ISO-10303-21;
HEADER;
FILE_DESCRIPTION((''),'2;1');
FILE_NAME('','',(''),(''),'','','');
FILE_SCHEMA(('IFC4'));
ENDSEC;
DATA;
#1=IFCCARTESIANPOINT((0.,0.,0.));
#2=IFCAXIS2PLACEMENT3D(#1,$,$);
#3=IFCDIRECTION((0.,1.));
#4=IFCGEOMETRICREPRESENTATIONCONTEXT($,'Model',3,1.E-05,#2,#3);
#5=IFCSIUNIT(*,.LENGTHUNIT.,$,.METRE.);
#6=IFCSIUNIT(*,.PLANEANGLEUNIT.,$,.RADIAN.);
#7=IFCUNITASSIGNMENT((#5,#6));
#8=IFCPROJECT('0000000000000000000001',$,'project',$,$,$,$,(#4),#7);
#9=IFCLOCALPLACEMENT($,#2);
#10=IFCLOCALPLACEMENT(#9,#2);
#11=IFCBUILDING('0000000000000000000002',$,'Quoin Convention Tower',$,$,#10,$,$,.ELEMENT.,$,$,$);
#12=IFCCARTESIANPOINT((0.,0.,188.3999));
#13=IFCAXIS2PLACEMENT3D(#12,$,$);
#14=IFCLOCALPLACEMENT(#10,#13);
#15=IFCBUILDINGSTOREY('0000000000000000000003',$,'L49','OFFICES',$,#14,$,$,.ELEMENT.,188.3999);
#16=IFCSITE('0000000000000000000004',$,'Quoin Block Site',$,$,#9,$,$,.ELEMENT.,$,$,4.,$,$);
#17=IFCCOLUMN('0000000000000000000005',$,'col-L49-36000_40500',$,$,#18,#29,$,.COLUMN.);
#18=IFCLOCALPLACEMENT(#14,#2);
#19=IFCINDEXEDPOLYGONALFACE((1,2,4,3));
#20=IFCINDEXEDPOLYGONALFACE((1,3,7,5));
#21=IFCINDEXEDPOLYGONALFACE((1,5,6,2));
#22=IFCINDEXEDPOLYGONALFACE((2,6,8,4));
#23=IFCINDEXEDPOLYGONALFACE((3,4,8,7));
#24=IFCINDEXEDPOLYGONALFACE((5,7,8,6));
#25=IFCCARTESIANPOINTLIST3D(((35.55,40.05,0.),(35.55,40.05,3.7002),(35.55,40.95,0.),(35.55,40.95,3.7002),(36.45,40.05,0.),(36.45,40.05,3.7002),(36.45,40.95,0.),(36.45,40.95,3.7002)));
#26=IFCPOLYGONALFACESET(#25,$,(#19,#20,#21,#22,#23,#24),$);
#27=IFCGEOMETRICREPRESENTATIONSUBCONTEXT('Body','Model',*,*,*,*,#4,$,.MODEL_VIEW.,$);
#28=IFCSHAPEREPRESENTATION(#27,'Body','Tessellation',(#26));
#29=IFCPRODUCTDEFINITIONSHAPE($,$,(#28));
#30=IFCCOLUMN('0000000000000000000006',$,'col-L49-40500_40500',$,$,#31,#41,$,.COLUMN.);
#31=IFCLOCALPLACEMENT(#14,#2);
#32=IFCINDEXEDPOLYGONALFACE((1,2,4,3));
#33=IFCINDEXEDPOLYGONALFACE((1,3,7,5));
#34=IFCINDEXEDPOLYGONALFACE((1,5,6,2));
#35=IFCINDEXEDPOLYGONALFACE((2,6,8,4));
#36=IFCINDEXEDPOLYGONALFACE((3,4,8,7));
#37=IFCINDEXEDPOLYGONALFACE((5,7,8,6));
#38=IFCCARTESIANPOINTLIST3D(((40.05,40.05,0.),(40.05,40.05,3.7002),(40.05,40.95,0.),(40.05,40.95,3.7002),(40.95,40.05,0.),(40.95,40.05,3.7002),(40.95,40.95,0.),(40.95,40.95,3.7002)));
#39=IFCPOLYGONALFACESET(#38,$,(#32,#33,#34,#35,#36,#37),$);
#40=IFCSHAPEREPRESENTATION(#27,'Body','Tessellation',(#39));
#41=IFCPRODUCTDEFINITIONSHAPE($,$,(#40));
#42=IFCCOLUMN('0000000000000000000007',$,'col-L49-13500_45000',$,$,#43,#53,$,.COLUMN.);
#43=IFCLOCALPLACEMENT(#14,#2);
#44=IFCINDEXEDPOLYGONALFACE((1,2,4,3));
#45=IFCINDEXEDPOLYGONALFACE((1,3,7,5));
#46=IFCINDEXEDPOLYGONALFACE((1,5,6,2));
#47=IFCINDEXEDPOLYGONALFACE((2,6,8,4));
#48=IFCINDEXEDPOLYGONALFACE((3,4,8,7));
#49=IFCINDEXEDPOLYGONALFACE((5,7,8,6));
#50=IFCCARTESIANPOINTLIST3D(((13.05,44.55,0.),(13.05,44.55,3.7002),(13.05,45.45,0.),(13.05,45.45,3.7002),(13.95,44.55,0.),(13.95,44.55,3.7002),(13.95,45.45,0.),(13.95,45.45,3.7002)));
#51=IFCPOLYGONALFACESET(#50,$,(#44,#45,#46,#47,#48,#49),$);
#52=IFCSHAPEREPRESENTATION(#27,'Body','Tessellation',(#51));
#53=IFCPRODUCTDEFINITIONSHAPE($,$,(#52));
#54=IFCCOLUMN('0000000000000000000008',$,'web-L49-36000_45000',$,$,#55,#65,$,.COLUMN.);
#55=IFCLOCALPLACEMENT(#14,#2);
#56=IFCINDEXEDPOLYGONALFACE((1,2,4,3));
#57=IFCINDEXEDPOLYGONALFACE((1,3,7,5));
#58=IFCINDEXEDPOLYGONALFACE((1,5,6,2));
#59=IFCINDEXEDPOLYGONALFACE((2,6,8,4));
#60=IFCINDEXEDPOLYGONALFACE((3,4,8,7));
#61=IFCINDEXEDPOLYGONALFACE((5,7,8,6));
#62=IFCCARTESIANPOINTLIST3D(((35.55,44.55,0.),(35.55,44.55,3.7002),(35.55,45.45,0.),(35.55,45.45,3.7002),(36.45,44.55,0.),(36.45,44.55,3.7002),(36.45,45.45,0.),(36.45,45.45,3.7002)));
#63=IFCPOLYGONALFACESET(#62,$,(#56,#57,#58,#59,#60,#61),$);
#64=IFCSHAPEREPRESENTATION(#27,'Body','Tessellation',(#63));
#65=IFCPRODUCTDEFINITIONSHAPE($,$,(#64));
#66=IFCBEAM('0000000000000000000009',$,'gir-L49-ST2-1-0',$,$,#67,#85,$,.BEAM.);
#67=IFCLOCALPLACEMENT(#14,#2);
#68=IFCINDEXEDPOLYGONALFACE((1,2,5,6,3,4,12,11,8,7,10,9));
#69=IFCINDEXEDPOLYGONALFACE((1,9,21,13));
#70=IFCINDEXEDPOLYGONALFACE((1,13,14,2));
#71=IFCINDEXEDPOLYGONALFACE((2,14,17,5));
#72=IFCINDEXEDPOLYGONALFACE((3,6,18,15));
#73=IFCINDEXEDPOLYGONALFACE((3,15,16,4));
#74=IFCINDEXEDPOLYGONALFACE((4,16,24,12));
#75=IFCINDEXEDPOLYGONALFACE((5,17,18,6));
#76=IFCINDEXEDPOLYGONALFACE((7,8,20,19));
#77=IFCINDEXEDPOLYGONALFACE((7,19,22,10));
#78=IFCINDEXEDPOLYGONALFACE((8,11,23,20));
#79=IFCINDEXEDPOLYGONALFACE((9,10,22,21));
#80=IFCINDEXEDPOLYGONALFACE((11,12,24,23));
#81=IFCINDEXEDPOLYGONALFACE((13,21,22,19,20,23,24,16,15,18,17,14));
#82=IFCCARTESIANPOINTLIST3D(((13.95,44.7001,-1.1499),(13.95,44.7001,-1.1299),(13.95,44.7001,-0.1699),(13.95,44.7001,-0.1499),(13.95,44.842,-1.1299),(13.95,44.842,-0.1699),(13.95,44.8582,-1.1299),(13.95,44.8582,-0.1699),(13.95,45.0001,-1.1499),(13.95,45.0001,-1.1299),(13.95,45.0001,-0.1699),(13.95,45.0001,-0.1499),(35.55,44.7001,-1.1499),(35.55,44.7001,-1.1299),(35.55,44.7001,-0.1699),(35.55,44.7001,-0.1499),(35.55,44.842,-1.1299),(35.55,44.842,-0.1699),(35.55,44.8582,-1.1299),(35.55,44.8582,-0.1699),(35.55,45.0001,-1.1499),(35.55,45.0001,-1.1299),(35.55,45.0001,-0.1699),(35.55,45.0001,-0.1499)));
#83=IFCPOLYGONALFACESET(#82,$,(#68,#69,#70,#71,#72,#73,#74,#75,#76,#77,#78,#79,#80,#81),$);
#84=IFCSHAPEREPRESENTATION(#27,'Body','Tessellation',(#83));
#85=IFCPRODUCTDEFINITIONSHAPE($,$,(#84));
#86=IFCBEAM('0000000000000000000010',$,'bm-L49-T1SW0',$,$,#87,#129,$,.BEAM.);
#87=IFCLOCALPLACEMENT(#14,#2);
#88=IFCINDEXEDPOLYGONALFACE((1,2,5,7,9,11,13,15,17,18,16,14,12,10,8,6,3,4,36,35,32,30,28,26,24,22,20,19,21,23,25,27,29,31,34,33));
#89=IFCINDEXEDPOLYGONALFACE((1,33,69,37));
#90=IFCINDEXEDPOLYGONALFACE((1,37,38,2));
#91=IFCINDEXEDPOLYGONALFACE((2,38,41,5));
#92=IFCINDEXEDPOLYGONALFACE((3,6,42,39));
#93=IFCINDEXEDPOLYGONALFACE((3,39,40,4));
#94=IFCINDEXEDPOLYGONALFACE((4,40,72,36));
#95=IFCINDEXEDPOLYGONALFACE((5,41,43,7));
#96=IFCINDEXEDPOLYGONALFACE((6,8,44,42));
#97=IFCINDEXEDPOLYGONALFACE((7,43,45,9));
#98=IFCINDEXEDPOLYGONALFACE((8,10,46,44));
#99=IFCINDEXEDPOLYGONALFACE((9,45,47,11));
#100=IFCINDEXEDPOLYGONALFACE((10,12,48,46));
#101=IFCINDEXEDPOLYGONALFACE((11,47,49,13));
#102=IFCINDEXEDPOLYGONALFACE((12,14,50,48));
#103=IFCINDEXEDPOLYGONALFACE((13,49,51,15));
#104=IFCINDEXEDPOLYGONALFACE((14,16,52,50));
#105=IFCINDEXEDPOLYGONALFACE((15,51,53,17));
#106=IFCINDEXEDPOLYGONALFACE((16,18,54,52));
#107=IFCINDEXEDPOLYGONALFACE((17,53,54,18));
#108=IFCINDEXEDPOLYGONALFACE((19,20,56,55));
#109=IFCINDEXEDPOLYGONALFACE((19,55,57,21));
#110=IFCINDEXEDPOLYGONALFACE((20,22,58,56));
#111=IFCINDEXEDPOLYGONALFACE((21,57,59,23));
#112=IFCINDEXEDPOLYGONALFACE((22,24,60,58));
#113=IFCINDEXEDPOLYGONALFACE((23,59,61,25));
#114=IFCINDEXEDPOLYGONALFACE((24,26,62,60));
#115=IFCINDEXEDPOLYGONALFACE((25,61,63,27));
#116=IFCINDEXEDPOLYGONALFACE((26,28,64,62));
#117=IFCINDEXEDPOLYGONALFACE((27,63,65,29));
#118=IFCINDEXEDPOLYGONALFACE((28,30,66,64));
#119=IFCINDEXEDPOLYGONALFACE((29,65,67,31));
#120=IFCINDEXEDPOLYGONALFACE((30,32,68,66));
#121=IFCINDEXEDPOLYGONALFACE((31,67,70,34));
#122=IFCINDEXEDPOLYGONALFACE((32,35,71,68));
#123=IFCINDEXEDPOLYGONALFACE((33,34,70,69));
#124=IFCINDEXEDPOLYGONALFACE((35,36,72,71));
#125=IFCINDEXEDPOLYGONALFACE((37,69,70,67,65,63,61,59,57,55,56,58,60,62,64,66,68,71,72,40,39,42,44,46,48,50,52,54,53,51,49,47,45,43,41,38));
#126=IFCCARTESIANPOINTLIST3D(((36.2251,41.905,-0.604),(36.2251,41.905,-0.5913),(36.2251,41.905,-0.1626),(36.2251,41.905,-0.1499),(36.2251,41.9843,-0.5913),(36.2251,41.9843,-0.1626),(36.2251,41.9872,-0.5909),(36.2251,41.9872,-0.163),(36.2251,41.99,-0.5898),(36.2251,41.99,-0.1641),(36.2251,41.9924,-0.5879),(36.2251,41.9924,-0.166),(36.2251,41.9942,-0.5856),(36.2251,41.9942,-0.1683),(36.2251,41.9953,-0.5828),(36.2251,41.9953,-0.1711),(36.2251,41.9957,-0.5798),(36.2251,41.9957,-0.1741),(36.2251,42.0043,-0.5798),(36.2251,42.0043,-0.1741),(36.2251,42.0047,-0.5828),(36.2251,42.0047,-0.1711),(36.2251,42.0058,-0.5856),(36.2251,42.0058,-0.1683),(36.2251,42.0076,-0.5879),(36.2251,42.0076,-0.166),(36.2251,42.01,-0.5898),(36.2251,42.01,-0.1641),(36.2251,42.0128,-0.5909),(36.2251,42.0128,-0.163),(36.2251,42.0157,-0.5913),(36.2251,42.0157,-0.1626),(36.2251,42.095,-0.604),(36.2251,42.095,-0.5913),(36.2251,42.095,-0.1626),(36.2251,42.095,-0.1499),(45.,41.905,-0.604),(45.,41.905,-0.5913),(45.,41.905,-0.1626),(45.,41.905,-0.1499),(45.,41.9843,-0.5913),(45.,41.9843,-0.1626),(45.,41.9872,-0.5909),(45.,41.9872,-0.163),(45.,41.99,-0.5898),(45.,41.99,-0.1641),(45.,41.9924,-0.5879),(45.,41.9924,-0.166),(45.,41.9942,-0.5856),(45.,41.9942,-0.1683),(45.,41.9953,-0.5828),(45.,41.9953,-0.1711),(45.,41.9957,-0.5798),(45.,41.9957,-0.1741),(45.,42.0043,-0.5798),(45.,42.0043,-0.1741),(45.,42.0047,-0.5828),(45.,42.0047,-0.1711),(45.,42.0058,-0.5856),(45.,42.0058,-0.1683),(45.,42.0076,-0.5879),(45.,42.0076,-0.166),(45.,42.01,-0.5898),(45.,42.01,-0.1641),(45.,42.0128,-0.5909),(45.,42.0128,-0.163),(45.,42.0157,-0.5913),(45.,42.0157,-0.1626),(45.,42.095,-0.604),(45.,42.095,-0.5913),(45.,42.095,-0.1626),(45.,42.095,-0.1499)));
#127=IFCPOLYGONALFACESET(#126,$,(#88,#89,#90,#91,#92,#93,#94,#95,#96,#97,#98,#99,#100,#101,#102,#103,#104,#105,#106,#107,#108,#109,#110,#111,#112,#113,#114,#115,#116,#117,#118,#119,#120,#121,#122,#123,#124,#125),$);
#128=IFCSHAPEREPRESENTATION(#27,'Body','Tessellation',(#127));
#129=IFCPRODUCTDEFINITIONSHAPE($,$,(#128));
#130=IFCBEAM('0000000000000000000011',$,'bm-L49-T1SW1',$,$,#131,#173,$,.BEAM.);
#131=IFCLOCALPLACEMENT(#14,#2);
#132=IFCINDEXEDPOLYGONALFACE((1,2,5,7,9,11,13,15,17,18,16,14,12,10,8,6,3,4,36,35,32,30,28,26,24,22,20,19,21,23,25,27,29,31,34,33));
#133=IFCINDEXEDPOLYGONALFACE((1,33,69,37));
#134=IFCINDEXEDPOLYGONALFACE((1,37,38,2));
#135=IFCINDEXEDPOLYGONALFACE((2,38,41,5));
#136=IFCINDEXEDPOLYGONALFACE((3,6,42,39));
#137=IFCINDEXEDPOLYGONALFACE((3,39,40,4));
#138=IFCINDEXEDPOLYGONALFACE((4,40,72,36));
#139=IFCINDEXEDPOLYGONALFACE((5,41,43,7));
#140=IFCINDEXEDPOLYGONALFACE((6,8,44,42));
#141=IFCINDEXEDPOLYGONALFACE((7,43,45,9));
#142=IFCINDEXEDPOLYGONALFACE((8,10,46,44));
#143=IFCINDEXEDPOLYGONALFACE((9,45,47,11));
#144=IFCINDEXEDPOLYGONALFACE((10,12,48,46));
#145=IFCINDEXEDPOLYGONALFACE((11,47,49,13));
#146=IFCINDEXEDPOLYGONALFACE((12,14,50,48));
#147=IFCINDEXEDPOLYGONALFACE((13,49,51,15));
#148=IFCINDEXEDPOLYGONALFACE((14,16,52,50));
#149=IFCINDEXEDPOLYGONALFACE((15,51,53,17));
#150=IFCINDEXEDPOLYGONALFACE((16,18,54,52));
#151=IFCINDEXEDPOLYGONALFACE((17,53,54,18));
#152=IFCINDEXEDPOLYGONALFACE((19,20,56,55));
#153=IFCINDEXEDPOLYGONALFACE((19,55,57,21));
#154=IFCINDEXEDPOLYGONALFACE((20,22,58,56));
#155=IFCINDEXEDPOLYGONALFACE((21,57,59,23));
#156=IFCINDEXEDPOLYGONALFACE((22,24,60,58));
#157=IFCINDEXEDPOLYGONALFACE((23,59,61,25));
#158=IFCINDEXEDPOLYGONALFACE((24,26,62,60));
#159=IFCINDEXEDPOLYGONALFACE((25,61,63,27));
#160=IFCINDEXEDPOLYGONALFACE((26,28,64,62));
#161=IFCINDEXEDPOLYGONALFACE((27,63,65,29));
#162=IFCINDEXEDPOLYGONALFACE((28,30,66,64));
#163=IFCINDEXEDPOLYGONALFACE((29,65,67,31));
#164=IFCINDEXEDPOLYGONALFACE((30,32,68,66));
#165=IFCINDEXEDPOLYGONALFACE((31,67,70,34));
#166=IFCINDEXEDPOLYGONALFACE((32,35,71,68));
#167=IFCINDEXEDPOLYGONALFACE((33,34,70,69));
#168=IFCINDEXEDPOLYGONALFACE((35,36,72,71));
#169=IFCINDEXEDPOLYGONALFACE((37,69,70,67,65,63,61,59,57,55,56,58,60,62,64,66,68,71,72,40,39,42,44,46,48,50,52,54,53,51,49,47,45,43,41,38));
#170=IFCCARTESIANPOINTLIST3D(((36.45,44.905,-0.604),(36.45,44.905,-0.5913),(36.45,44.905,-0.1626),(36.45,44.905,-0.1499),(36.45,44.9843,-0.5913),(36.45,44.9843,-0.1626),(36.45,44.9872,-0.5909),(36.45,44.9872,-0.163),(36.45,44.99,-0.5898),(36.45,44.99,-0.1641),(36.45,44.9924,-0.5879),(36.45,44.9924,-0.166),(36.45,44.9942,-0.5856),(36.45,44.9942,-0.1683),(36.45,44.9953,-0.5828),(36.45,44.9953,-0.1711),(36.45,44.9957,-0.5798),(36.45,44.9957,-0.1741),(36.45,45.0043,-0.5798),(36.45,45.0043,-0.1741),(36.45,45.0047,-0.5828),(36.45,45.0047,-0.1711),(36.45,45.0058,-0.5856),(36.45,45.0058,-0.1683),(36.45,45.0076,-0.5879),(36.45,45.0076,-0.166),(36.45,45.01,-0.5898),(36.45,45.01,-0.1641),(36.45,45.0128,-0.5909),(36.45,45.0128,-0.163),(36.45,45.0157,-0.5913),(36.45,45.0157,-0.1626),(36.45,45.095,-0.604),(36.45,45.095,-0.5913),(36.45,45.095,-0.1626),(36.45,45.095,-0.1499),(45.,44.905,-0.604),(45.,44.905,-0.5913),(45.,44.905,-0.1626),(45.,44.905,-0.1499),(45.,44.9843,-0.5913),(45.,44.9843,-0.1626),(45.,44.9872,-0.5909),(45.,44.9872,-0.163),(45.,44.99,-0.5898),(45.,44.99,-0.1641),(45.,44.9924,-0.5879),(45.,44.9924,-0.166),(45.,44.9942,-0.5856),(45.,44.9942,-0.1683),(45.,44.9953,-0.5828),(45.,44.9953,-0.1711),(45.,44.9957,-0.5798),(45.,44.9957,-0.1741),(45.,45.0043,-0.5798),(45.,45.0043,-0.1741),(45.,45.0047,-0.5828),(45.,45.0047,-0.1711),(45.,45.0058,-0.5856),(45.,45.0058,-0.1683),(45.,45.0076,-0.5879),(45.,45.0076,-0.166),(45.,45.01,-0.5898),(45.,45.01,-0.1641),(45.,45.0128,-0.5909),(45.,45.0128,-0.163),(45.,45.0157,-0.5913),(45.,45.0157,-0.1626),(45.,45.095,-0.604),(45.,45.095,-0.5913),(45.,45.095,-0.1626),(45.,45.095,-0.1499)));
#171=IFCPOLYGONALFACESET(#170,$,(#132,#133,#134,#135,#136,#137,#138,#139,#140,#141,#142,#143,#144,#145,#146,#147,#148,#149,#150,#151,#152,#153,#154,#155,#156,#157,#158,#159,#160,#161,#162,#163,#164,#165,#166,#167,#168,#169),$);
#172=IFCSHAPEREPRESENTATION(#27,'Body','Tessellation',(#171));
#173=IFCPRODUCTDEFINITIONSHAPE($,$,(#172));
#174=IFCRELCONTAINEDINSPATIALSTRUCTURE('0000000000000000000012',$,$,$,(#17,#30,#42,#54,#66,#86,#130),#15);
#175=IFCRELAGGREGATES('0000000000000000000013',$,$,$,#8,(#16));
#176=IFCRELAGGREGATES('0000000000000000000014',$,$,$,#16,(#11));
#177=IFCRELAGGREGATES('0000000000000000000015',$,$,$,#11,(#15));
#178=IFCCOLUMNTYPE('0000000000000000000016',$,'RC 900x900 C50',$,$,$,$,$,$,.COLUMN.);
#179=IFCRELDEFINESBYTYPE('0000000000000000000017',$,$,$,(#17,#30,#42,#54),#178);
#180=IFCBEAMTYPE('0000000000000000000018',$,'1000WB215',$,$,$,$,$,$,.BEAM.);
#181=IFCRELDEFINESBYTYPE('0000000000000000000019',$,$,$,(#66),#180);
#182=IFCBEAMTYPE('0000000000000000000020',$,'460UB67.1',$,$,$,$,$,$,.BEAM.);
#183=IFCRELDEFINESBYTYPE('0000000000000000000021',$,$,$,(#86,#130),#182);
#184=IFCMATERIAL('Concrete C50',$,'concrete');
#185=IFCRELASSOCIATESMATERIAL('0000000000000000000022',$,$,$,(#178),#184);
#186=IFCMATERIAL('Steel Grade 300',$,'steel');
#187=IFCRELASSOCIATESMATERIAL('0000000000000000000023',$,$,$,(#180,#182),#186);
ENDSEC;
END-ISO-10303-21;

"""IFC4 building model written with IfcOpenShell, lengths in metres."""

from ifc_helpers import new_model, si_unit, direction, frame, origin, origin_2d, place, context, subcontext, project, spatial, rectangle, i_section, extrude, material, material_profile, profile_set, type_object, element, save


model = new_model("IFC4")

# Units and contexts
model_context = context("Model", 3, precision=1e-05, world=origin(), true_north=direction((0.0, 1.0)))
body_context = subcontext(model_context, "Body", "Model", "MODEL_VIEW")
ifc_project = project(units=[si_unit("LENGTHUNIT", "METRE"), si_unit("PLANEANGLEUNIT", "RADIAN")], contexts=[model_context])

# Site, building, storey
site_placement = place(None, origin())
site = spatial("IfcSite", under=ifc_project, at=site_placement, Name="Quoin Block Site", CompositionType="ELEMENT", RefElevation=4.0)
building_placement = place(site_placement, origin())
building = spatial("IfcBuilding", under=site, at=building_placement, Name="Quoin Convention Tower", CompositionType="ELEMENT")
storey_placement = place(building_placement, frame((0.0, 0.0, 188.3999)))
storey = spatial("IfcBuildingStorey", under=building, at=storey_placement, Name="L49", Description="OFFICES", CompositionType="ELEMENT", Elevation=188.3999)

# Columns
ifc_material_1 = material(Name="Concrete C50", Category="concrete")
ifc_material_profile_1 = material_profile(ifc_material_1, rectangle(XDim=0.8999, YDim=0.8999, at=origin_2d()), Name="RC 900x900")
ifc_profile_set_1 = profile_set([ifc_material_profile_1], Name="Concrete C50")
column_type = type_object("IfcColumnType", Name="RC 900x900 C50", PredefinedType="COLUMN", material=ifc_profile_set_1)
for number, where, z_axis, x_axis, name in (
    (1, (36.0, 40.5, 0.0), (0.0, 0.0, 1.0), (1.0, 0.0, 0.0), "col-L49-36000_40500"),
    (2, (40.5, 40.5, 0.0), (0.0, 0.0, 1.0), (1.0, 0.0, 0.0), "col-L49-40500_40500"),
    (3, (13.5, 45.0, 0.0), (0.0, 0.0, 1.0), (1.0, 0.0, 0.0), "col-L49-13500_45000"),
    (4, (36.0, 45.0, 0.0), (0.0, 0.0, 1.0), (1.0, 0.0, 0.0), "web-L49-36000_45000"),
):
    element("IfcColumn", number, at=place(storey_placement, frame(where, z_axis=z_axis, x_axis=x_axis)), inside=storey, type_object=column_type, Name=name, PredefinedType="COLUMN", context=body_context, shape_type="SweptSolid", body=[
        extrude(rectangle(XDim=0.8999, YDim=0.8999, at=origin_2d()), origin(), (0.0, 0.0, 1.0), 3.7002),
    ])

# Beams
ifc_material_2 = material(Name="Steel Grade 300", Category="steel")
ifc_material_profile_2 = material_profile(ifc_material_2, i_section(OverallWidth=0.3, OverallDepth=1.0, WebThickness=0.0161, FlangeThickness=0.02, at=origin_2d()), Name="1000WB215")
ifc_profile_set_2 = profile_set([ifc_material_profile_2], Name="Steel Grade 300")
beam_type_1 = type_object("IfcBeamType", Name="1000WB215", PredefinedType="BEAM", material=ifc_profile_set_2)
beam_1_placement = place(storey_placement, frame((13.95, 44.8501, -0.6499), z_axis=(1.0, 0.0, 0.0), x_axis=(0.0, 1.0, 0.0)))
element("IfcBeam", 5, at=beam_1_placement, inside=storey, type_object=beam_type_1, Name="gir-L49-ST2-1-0", PredefinedType="BEAM", context=body_context, shape_type="SweptSolid", body=[
    extrude(i_section(OverallWidth=0.3, OverallDepth=1.0, WebThickness=0.0161, FlangeThickness=0.02, at=origin_2d()), origin(), (0.0, 0.0, 1.0), 21.6001),
])
ifc_material_profile_3 = material_profile(ifc_material_2, i_section(OverallWidth=0.1899, OverallDepth=0.4541, WebThickness=0.0085, FlangeThickness=0.0127, FilletRadius=0.0115, at=origin_2d()), Name="460UB67.1")
ifc_profile_set_3 = profile_set([ifc_material_profile_3], Name="Steel Grade 300")
beam_type_2 = type_object("IfcBeamType", Name="460UB67.1", PredefinedType="BEAM", material=ifc_profile_set_3)
beam_2_placement = place(storey_placement, frame((36.2251, 42.0, -0.377), z_axis=(1.0, 0.0, 0.0), x_axis=(0.0, 1.0, 0.0)))
element("IfcBeam", 6, at=beam_2_placement, inside=storey, type_object=beam_type_2, Name="bm-L49-T1SW0", PredefinedType="BEAM", context=body_context, shape_type="SweptSolid", body=[
    extrude(i_section(OverallWidth=0.1899, OverallDepth=0.4541, WebThickness=0.0085, FlangeThickness=0.0127, FilletRadius=0.0115, at=origin_2d()), origin(), (0.0, 0.0, 1.0), 8.7749),
])
beam_3_placement = place(storey_placement, frame((36.45, 45.0, -0.377), z_axis=(1.0, 0.0, 0.0), x_axis=(0.0, 1.0, 0.0)))
element("IfcBeam", 7, at=beam_3_placement, inside=storey, type_object=beam_type_2, Name="bm-L49-T1SW1", PredefinedType="BEAM", context=body_context, shape_type="SweptSolid", body=[
    extrude(i_section(OverallWidth=0.1899, OverallDepth=0.4541, WebThickness=0.0085, FlangeThickness=0.0127, FilletRadius=0.0115, at=origin_2d()), origin(), (0.0, 0.0, 1.0), 8.55),
])

save(model, "model.ifc")
